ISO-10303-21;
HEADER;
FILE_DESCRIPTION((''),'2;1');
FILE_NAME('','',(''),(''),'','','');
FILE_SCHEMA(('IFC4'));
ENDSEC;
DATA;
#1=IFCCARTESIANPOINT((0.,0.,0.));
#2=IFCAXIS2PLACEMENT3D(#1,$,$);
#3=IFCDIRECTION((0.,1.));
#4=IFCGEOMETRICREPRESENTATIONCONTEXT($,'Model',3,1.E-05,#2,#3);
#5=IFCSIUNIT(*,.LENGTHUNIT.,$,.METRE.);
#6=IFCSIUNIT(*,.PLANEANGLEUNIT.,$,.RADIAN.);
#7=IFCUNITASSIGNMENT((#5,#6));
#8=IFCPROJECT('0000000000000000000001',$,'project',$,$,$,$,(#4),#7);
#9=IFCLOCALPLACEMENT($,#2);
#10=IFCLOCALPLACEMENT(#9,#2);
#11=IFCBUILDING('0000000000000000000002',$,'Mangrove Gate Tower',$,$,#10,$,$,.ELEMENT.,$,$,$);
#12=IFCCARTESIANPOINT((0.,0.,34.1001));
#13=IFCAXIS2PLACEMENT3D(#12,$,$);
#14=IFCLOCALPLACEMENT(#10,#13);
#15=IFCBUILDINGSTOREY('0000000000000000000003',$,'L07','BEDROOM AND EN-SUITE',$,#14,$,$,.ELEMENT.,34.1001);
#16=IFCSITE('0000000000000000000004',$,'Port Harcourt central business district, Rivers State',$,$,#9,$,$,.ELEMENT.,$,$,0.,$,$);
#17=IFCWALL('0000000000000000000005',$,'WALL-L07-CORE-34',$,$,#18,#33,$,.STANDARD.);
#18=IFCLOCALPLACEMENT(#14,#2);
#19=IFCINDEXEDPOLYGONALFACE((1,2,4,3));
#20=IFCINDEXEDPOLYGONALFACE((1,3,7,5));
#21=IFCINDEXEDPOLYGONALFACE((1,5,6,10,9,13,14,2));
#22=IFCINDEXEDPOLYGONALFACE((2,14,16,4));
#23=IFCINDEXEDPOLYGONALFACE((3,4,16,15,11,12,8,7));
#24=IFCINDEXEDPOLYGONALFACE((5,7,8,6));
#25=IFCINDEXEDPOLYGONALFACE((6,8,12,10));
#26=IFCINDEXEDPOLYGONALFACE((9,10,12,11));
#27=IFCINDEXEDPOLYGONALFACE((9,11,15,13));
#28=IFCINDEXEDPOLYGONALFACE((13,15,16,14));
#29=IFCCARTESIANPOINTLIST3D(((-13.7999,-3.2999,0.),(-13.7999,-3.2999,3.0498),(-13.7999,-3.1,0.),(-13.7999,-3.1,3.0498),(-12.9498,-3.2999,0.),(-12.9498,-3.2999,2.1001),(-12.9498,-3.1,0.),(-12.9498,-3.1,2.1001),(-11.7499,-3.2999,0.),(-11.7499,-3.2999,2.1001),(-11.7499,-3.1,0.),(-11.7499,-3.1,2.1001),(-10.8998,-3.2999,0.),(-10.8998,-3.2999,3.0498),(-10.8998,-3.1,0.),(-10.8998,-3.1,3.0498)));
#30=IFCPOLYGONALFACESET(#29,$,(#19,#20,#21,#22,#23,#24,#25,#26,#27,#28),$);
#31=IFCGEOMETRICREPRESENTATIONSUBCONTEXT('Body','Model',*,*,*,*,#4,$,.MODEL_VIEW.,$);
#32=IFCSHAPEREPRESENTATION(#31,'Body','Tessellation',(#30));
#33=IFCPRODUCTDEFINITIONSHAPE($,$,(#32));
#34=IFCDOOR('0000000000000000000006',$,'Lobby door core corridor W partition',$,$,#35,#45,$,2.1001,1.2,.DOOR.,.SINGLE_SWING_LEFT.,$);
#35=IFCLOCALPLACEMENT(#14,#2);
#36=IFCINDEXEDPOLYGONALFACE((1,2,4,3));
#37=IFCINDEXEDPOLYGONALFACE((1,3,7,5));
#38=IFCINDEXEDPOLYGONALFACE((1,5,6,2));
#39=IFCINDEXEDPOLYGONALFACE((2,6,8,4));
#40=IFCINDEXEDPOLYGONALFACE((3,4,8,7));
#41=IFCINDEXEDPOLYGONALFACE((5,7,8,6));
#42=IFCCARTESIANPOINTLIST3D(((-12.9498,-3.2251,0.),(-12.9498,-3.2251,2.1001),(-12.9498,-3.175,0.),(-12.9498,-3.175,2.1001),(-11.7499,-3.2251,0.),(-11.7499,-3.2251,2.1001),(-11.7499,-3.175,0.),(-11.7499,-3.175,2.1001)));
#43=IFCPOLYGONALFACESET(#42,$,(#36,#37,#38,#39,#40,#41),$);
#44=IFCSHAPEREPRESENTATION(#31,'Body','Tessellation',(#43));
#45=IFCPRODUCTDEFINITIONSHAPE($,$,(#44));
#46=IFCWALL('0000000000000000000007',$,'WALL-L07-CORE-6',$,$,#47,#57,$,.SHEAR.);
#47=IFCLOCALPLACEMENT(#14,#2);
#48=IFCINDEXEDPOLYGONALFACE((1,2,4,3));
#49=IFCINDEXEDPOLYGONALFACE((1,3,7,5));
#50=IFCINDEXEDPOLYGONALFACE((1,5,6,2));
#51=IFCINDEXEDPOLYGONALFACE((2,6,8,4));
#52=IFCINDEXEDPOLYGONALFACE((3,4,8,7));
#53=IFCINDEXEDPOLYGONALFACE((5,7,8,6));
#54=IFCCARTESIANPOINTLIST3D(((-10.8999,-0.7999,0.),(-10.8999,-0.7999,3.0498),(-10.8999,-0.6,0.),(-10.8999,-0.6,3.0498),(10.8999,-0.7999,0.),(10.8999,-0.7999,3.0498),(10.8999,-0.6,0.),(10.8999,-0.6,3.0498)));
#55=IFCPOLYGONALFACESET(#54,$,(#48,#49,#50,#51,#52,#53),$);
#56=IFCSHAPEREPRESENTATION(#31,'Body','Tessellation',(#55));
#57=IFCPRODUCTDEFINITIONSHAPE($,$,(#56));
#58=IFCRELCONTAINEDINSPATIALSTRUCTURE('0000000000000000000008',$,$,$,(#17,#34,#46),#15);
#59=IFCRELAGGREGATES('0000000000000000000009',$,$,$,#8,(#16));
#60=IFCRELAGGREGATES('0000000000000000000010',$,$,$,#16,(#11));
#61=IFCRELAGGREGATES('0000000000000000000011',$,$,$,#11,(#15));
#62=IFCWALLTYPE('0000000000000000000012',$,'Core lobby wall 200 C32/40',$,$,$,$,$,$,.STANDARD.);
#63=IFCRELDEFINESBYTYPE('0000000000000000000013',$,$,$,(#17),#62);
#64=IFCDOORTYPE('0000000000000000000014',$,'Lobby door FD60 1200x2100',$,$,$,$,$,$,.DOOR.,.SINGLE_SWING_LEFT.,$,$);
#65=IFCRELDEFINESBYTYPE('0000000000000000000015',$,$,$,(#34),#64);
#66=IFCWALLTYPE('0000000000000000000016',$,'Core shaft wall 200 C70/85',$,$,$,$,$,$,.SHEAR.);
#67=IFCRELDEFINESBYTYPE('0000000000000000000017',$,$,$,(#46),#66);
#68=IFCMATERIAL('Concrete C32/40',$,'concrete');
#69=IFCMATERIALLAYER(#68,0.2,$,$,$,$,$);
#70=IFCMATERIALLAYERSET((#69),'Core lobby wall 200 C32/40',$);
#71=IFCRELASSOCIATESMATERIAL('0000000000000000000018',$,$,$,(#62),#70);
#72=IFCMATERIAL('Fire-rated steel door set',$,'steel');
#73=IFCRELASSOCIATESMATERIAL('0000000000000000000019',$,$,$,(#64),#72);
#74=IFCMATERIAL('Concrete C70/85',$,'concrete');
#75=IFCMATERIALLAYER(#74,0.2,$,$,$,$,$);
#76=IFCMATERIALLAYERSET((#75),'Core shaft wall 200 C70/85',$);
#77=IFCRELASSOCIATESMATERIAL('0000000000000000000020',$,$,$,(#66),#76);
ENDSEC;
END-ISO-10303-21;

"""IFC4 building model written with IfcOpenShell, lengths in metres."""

from ifc_helpers import new_model, si_unit, direction, frame, frame_2d, origin, place, context, subcontext, project, spatial, rectangle, extrude, material, layer, layer_set, type_object, element, fill, save


model = new_model("IFC4")

# Units and contexts
model_context = context("Model", 3, precision=1e-05, world=origin(), true_north=direction((0.0, 1.0)))
body_context = subcontext(model_context, "Body", "Model", "MODEL_VIEW")
ifc_project = project(units=[si_unit("LENGTHUNIT", "METRE"), si_unit("PLANEANGLEUNIT", "RADIAN")], contexts=[model_context])

# Site, building, storey
site_placement = place(None, origin())
site = spatial("IfcSite", under=ifc_project, at=site_placement, Name="Port Harcourt central business district, Rivers State", CompositionType="ELEMENT", RefElevation=0.0)
building_placement = place(site_placement, origin())
building = spatial("IfcBuilding", under=site, at=building_placement, Name="Mangrove Gate Tower", CompositionType="ELEMENT")
storey_placement = place(building_placement, frame((0.0, 0.0, 34.1001)))
storey = spatial("IfcBuildingStorey", under=building, at=storey_placement, Name="L07", Description="BEDROOM AND EN-SUITE", CompositionType="ELEMENT", Elevation=34.1001)

# Wall, opening, door
ifc_material_1 = material(Name="Concrete C32/40", Category="concrete")
ifc_layer_1 = layer(ifc_material_1, 0.2)
ifc_layer_set_1 = layer_set([ifc_layer_1], Name="Core lobby wall 200 C32/40")
wall_type_1 = type_object("IfcWallType", Name="Core lobby wall 200 C32/40", PredefinedType="STANDARD", material=ifc_layer_set_1)
wall_1_placement = place(storey_placement, frame((-13.8, -3.2, 0.0), z_axis=(0.0, 0.0, 1.0), x_axis=(1.0, 0.0, 0.0)))
wall_1 = element("IfcWall", 1, at=wall_1_placement, inside=storey, type_object=wall_type_1, Name="WALL-L07-CORE-34", PredefinedType="STANDARD", context=body_context, shape_type="SweptSolid", body=[
    extrude(rectangle(XDim=2.9001, YDim=0.2, at=frame_2d((1.4502, 0.0))), origin(), (0.0, 0.0, 1.0), 3.0498),
])
opening_1_placement = place(wall_1_placement, frame((0.8501, 0.0, 0.0)))
opening_1 = element("IfcOpeningElement", 2, at=opening_1_placement, cuts=wall_1, PredefinedType="OPENING", context=body_context, shape_type="SweptSolid", body=[
    extrude(rectangle(XDim=1.2, YDim=2.1001, at=frame_2d((0.6001, 1.05))), frame((0.0, 0.1099, 0.0), z_axis=(0.0, -1.0, 0.0), x_axis=(1.0, 0.0, 0.0)), (0.0, 0.0, 1.0), 0.22),
])
ifc_material_2 = material(Name="Fire-rated steel door set", Category="steel")
door_type_1 = type_object("IfcDoorType", Name="Lobby door FD60 1200x2100", OperationType="SINGLE_SWING_LEFT", PredefinedType="DOOR", material=ifc_material_2)
door_1_placement = place(opening_1_placement, origin())
door_1 = element("IfcDoor", 3, at=door_1_placement, inside=storey, type_object=door_type_1, Name="Lobby door core corridor W partition", OperationType="SINGLE_SWING_LEFT", OverallHeight=2.1001, OverallWidth=1.2, PredefinedType="DOOR", context=body_context, shape_type="SweptSolid", body=[
    extrude(rectangle(XDim=1.2, YDim=2.1001, at=frame_2d((0.6001, 1.05))), frame((0.0, 0.0249, 0.0), z_axis=(0.0, -1.0, 0.0), x_axis=(1.0, 0.0, 0.0)), (0.0, 0.0, 1.0), 0.05),
])
fill(opening_1, door_1)

# Wall
ifc_material_3 = material(Name="Concrete C70/85", Category="concrete")
ifc_layer_2 = layer(ifc_material_3, 0.2)
ifc_layer_set_2 = layer_set([ifc_layer_2], Name="Core shaft wall 200 C70/85")
wall_type_2 = type_object("IfcWallType", Name="Core shaft wall 200 C70/85", PredefinedType="SHEAR", material=ifc_layer_set_2)
wall_2_placement = place(storey_placement, frame((-10.8999, -0.7, 0.0), z_axis=(0.0, 0.0, 1.0), x_axis=(1.0, 0.0, 0.0)))
element("IfcWall", 4, at=wall_2_placement, inside=storey, type_object=wall_type_2, Name="WALL-L07-CORE-6", PredefinedType="SHEAR", context=body_context, shape_type="SweptSolid", body=[
    extrude(rectangle(XDim=21.7998, YDim=0.2, at=frame_2d((10.8999, 0.0))), origin(), (0.0, 0.0, 1.0), 3.0498),
])

save(model, "model.ifc")
